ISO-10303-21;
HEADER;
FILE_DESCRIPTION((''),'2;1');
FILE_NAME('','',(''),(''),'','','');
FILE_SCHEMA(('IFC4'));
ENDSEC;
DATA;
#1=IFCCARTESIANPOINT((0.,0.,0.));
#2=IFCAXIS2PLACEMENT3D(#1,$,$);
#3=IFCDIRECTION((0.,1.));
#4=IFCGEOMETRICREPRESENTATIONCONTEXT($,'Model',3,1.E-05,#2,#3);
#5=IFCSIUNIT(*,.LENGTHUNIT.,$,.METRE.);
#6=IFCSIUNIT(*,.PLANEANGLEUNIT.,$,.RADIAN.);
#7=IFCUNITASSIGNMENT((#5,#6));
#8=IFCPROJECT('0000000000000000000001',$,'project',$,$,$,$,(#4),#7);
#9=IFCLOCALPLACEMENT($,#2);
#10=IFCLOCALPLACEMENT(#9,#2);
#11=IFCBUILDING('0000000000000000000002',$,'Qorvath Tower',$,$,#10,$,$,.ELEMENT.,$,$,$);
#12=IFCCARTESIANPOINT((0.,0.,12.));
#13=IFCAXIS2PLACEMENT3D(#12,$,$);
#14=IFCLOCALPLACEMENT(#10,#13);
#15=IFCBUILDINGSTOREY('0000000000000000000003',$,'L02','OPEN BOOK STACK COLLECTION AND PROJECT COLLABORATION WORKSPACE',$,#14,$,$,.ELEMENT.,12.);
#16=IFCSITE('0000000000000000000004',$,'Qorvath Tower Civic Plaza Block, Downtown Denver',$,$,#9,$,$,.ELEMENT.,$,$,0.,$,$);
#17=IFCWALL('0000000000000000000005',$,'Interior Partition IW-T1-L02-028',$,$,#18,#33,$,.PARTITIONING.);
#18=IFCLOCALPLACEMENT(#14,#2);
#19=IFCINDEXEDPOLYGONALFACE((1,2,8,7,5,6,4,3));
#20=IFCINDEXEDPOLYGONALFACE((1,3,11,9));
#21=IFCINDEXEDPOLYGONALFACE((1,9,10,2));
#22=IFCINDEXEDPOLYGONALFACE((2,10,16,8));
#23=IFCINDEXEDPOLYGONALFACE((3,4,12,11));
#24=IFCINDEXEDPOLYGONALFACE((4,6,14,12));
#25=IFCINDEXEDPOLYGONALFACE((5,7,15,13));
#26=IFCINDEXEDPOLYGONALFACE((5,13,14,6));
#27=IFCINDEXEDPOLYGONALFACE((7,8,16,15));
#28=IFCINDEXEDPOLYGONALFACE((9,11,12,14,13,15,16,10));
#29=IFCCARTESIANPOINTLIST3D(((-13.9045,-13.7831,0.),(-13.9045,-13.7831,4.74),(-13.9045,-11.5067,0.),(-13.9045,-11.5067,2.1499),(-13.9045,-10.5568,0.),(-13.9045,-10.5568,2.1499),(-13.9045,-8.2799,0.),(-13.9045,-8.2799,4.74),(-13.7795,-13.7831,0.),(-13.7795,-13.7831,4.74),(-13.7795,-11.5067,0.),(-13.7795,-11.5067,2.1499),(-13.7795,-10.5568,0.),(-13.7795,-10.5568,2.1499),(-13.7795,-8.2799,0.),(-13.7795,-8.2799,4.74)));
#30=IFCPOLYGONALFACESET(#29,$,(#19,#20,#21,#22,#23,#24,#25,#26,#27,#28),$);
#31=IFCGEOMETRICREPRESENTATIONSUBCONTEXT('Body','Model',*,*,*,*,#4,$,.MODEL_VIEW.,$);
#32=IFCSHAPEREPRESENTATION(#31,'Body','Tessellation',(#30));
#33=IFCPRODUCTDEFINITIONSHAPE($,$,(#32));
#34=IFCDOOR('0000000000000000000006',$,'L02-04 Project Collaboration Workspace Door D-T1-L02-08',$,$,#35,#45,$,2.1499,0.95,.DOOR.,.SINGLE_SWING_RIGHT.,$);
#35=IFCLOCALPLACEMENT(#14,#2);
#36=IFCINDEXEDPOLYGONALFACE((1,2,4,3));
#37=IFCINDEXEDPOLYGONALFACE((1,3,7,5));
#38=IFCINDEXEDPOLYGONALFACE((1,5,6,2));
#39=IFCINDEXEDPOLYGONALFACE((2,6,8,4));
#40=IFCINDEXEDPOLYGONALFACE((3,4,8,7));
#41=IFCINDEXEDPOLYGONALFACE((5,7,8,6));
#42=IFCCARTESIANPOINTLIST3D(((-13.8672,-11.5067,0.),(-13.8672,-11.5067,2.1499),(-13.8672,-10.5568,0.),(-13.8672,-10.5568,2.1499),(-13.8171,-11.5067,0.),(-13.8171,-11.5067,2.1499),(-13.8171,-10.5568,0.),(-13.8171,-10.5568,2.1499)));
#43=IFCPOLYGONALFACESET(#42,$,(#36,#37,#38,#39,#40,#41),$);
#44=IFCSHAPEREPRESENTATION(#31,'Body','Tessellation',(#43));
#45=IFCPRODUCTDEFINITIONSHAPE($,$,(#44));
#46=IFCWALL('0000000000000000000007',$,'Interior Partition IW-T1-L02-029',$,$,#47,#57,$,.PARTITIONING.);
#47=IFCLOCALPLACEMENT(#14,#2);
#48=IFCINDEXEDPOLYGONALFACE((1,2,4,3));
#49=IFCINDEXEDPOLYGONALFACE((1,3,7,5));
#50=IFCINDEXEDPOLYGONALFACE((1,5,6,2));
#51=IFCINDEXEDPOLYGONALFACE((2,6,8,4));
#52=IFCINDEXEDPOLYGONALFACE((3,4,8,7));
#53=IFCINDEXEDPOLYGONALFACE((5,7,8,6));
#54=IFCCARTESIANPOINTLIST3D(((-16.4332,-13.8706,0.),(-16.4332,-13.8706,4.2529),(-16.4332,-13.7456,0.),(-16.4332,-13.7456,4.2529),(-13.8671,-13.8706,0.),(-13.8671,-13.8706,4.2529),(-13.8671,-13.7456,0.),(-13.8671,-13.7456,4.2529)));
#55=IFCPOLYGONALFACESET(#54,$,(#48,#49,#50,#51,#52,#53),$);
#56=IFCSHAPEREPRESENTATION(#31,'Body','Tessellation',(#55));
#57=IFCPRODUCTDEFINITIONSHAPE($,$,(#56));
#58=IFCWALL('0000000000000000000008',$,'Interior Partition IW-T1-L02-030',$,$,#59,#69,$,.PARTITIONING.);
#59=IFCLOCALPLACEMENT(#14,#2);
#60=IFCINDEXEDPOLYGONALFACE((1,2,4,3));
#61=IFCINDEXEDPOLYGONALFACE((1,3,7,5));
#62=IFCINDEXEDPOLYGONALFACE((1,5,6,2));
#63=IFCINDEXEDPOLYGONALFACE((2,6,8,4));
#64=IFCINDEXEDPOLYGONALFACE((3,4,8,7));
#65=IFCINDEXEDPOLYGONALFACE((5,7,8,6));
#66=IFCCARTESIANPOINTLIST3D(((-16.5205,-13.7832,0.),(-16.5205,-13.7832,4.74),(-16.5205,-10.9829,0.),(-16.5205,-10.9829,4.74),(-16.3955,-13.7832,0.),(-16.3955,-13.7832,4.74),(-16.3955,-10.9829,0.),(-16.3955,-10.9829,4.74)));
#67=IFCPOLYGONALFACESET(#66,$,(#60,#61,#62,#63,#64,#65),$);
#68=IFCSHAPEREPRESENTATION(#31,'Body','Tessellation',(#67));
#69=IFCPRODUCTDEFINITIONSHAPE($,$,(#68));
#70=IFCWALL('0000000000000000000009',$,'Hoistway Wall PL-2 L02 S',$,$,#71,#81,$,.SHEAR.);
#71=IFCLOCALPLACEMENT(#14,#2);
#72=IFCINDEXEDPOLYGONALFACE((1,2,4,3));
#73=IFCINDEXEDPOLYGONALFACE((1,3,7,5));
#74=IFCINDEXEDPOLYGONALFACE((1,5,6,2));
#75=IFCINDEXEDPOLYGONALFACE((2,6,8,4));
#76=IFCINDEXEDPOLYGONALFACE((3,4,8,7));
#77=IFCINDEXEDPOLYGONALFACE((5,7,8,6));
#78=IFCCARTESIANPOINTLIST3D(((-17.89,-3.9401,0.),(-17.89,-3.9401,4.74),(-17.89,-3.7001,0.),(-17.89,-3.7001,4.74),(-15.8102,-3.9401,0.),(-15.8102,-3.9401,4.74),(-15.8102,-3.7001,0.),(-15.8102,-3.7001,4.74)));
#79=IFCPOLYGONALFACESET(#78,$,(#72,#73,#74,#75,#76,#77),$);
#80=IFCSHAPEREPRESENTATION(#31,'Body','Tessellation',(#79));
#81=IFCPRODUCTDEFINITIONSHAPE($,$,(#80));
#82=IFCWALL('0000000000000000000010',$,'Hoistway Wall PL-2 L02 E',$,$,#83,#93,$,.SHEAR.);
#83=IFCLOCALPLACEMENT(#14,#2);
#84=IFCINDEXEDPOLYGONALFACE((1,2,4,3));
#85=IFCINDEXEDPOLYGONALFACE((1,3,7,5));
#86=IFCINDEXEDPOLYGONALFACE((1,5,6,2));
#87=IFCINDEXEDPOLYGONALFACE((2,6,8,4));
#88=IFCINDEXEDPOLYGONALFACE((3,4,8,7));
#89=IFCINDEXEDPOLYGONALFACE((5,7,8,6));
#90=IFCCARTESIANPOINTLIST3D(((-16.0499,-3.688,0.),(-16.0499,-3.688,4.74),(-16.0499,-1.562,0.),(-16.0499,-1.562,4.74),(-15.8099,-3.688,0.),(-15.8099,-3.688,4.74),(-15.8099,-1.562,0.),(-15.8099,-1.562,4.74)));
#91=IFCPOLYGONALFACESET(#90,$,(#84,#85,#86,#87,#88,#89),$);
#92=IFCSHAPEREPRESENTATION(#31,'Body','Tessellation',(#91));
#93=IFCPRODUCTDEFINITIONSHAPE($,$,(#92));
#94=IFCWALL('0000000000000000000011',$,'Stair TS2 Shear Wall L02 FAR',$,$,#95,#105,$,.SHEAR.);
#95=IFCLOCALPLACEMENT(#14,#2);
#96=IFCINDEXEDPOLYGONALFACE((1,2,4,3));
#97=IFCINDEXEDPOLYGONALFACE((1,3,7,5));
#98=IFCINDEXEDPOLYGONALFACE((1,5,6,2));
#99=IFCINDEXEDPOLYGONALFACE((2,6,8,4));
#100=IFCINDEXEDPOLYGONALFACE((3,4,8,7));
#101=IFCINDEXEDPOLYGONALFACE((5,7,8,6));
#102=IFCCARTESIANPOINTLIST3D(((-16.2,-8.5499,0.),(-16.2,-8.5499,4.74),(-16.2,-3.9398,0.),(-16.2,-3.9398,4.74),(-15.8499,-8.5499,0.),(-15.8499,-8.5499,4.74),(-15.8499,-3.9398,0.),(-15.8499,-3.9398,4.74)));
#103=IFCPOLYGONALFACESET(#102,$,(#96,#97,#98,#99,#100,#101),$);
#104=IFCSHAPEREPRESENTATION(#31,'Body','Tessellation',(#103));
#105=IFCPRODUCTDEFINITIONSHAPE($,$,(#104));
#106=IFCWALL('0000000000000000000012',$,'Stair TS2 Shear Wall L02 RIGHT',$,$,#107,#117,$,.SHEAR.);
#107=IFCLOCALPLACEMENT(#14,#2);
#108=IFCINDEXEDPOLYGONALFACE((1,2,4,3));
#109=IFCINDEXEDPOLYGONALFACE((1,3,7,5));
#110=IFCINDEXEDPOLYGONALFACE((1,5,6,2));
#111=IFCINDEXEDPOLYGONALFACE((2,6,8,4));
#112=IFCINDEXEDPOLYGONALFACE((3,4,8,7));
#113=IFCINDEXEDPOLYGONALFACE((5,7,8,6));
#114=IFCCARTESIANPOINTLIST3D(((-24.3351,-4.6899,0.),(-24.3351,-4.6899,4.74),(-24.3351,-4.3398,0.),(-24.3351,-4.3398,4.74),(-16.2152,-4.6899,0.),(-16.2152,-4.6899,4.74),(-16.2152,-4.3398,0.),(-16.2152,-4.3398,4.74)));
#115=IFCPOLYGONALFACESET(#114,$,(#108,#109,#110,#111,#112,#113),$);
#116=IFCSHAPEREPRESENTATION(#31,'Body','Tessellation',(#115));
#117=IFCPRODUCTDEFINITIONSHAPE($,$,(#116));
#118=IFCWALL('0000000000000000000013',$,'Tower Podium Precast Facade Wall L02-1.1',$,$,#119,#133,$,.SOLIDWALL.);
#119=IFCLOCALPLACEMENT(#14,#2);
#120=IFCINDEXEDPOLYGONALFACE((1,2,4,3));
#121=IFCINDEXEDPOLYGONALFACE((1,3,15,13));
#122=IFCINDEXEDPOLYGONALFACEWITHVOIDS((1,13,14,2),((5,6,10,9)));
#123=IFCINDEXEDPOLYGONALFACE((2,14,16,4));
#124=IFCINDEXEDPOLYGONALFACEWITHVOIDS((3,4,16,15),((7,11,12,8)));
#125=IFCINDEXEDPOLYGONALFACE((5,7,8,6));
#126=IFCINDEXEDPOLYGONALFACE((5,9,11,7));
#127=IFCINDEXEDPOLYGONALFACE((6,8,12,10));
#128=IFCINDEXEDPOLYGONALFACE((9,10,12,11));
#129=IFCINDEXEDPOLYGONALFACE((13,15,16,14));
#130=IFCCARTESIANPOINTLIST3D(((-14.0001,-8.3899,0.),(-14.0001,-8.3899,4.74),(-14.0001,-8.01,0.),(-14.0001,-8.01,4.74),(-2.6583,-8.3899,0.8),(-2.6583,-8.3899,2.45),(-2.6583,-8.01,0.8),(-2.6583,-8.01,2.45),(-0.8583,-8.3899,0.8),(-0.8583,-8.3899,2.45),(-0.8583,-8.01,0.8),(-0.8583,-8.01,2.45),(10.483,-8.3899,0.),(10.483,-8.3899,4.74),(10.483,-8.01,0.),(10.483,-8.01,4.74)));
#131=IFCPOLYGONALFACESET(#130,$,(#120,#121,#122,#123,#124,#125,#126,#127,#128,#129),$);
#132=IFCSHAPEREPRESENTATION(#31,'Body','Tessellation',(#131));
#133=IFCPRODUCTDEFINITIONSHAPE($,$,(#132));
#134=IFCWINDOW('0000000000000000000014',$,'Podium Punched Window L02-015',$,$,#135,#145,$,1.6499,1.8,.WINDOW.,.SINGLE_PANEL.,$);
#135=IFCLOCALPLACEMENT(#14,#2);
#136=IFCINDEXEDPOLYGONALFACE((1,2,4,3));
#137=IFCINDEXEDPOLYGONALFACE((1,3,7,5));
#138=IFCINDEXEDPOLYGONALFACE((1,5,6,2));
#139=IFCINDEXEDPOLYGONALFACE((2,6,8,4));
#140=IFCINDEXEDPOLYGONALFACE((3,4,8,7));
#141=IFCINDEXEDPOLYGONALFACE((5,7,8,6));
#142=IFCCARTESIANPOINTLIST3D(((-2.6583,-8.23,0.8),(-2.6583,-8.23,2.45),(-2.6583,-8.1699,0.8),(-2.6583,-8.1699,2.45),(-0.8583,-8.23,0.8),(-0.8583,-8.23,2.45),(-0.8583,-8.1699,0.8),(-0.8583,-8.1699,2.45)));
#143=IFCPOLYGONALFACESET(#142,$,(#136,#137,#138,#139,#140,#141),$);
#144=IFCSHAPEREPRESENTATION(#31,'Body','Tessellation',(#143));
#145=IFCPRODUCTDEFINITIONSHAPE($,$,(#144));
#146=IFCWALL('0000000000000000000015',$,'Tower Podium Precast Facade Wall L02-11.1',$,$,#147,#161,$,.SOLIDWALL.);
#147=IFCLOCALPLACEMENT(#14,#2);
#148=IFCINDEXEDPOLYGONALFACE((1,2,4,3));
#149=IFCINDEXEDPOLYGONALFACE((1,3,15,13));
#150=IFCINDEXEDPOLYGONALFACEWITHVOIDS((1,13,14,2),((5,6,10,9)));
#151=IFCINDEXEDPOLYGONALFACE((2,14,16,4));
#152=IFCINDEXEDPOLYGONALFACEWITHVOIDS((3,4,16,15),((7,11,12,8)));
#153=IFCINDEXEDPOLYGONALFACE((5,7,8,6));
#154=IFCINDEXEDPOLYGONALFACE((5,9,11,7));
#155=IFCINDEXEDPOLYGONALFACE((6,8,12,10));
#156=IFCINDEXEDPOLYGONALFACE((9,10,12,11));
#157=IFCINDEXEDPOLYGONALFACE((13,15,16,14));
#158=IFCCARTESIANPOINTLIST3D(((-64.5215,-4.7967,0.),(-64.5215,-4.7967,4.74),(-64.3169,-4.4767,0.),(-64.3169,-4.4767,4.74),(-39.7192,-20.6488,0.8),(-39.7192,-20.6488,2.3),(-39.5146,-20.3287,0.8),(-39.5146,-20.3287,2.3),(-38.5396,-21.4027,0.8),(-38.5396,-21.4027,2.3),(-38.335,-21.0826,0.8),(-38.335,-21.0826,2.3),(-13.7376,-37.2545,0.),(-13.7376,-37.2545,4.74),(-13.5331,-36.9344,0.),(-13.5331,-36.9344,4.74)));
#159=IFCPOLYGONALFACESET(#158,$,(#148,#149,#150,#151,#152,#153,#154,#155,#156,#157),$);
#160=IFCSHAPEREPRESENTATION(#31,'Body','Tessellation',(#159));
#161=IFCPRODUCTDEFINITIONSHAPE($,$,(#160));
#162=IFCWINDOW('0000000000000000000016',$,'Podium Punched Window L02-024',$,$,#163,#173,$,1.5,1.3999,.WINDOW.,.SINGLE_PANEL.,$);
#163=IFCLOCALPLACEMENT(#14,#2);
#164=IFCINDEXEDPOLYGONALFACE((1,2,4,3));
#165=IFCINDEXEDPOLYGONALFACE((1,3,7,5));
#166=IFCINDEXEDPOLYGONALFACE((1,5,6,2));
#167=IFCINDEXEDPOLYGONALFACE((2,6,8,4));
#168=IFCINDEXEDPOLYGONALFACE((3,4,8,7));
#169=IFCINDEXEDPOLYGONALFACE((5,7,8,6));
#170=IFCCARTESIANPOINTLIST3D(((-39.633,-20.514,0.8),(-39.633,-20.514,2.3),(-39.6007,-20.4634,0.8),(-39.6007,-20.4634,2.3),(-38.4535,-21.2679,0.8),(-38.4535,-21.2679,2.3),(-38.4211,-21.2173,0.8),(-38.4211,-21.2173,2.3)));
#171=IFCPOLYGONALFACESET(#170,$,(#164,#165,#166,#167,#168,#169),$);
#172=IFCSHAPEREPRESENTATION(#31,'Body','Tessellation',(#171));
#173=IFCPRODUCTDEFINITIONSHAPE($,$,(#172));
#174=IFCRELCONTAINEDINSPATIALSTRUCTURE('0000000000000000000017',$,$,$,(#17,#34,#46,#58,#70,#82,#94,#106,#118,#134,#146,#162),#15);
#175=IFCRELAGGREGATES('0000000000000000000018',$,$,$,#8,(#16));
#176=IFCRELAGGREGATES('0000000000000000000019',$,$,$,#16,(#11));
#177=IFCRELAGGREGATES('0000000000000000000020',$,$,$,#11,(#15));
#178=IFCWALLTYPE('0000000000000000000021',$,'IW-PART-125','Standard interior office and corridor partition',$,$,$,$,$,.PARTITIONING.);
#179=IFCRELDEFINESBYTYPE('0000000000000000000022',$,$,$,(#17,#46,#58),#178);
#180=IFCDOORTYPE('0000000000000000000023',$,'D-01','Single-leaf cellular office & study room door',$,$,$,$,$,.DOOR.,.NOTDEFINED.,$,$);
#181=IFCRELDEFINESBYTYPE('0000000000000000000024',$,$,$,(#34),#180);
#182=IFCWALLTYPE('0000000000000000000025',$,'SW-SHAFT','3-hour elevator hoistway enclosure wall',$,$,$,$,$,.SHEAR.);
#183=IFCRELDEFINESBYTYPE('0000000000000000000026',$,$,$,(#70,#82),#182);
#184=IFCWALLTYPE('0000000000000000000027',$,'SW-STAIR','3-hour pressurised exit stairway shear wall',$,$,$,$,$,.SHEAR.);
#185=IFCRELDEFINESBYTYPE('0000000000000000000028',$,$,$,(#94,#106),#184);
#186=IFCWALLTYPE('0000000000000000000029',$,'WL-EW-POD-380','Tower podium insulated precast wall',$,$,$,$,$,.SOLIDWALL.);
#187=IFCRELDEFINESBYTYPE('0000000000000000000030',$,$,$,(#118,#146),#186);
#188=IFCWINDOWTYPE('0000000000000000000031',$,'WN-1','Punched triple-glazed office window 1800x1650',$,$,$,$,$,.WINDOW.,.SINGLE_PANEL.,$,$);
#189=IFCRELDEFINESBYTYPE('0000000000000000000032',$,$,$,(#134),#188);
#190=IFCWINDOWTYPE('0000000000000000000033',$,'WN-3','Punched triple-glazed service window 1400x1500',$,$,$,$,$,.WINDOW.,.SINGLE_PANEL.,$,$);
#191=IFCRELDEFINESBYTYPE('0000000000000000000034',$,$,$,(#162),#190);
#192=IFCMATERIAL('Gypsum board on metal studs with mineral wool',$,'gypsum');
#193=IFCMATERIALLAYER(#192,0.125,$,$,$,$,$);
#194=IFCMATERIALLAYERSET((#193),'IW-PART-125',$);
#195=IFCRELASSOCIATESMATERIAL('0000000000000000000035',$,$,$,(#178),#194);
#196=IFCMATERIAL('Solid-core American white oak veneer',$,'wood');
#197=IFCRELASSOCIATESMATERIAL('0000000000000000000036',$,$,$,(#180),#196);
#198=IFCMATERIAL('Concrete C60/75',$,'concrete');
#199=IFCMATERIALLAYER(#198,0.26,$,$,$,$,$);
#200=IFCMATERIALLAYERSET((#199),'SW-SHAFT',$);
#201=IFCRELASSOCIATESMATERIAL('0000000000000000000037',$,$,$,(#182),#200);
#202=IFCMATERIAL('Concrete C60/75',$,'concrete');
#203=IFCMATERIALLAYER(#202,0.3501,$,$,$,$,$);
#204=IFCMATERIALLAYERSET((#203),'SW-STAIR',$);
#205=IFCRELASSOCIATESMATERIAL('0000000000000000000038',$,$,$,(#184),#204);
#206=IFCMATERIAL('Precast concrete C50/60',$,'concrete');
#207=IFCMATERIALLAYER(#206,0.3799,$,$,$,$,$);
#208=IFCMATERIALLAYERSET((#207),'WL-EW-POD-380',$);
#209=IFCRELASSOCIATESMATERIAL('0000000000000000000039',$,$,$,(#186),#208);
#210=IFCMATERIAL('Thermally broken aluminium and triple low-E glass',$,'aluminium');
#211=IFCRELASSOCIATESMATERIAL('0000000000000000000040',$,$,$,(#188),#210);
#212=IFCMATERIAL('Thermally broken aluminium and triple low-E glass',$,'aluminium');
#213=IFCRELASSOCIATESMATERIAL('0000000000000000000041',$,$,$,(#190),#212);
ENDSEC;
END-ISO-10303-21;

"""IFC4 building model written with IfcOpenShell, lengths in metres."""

from ifc_helpers import new_model, si_unit, direction, frame, frame_2d, origin, place, context, subcontext, project, spatial, rectangle, extrude, material, layer, layer_set, type_object, element, fill, save


model = new_model("IFC4")

# Units and contexts
model_context = context("Model", 3, precision=1e-05, world=origin(), true_north=direction((0.0, 1.0)))
body_context = subcontext(model_context, "Body", "Model", "MODEL_VIEW")
ifc_project = project(units=[si_unit("LENGTHUNIT", "METRE"), si_unit("PLANEANGLEUNIT", "RADIAN")], contexts=[model_context])

# Site, building, storey
site_placement = place(None, origin())
site = spatial("IfcSite", under=ifc_project, at=site_placement, Name="Qorvath Tower Civic Plaza Block, Downtown Denver", CompositionType="ELEMENT", RefElevation=0.0)
building_placement = place(site_placement, origin())
building = spatial("IfcBuilding", under=site, at=building_placement, Name="Qorvath Tower", CompositionType="ELEMENT")
storey_placement = place(building_placement, frame((0.0, 0.0, 12.0)))
storey = spatial("IfcBuildingStorey", under=building, at=storey_placement, Name="L02", Description="OPEN BOOK STACK COLLECTION AND PROJECT COLLABORATION WORKSPACE", CompositionType="ELEMENT", Elevation=12.0)

# Wall, opening, door
ifc_material_1 = material(Name="Gypsum board on metal studs with mineral wool", Category="gypsum")
ifc_layer_1 = layer(ifc_material_1, 0.125)
ifc_layer_set_1 = layer_set([ifc_layer_1], Name="IW-PART-125")
wall_type_1 = type_object("IfcWallType", Name="IW-PART-125", Description="Standard interior office and corridor partition", PredefinedType="PARTITIONING", material=ifc_layer_set_1)
wall_1_placement = place(storey_placement, frame((-13.842, -8.28, 0.0), z_axis=(0.0, 0.0, 1.0), x_axis=(0.0, -1.0, 0.0)))
wall_1 = element("IfcWall", 1, at=wall_1_placement, inside=storey, type_object=wall_type_1, Name="Interior Partition IW-T1-L02-028", PredefinedType="PARTITIONING", context=body_context, shape_type="SweptSolid", body=[
    extrude(rectangle(XDim=5.5032, YDim=0.125, at=frame_2d((2.7515, 0.0))), origin(), (0.0, 0.0, 1.0), 4.74),
])
opening_1_placement = place(wall_1_placement, frame((2.2766, 0.0, 0.0)))
opening_1 = element("IfcOpeningElement", 2, at=opening_1_placement, cuts=wall_1, PredefinedType="OPENING", context=body_context, shape_type="SweptSolid", body=[
    extrude(rectangle(XDim=0.95, YDim=2.1499, at=frame_2d((0.4751, 1.075))), frame((0.0, 0.0725, 0.0), z_axis=(0.0, -1.0, 0.0), x_axis=(1.0, 0.0, 0.0)), (0.0, 0.0, 1.0), 0.145),
])
ifc_material_2 = material(Name="Solid-core American white oak veneer", Category="wood")
door_type = type_object("IfcDoorType", Name="D-01", Description="Single-leaf cellular office & study room door", OperationType="NOTDEFINED", PredefinedType="DOOR", material=ifc_material_2)
door_placement = place(opening_1_placement, origin())
door = element("IfcDoor", 3, at=door_placement, inside=storey, type_object=door_type, Name="L02-04 Project Collaboration Workspace Door D-T1-L02-08", OperationType="SINGLE_SWING_RIGHT", OverallHeight=2.1499, OverallWidth=0.95, PredefinedType="DOOR", context=body_context, shape_type="SweptSolid", body=[
    extrude(rectangle(XDim=0.95, YDim=2.1499, at=frame_2d((0.4751, 1.075))), frame((0.0, 0.0249, 0.0), z_axis=(0.0, -1.0, 0.0), x_axis=(1.0, 0.0, 0.0)), (0.0, 0.0, 1.0), 0.05),
])
fill(opening_1, door)

# Walls
wall_2_placement = place(storey_placement, frame((-13.8669, -13.8081, 0.0), z_axis=(0.0, 0.0, 1.0), x_axis=(-1.0, 0.0, 0.0)))
element("IfcWall", 4, at=wall_2_placement, inside=storey, type_object=wall_type_1, Name="Interior Partition IW-T1-L02-029", PredefinedType="PARTITIONING", context=body_context, shape_type="SweptSolid", body=[
    extrude(rectangle(XDim=2.5662, YDim=0.125, at=frame_2d((1.2832, 0.0))), origin(), (0.0, 0.0, 1.0), 4.2529),
])
wall_3_placement = place(storey_placement, frame((-16.458, -10.9829, 0.0), z_axis=(0.0, 0.0, 1.0), x_axis=(0.0, -1.0, 0.0)))
element("IfcWall", 5, at=wall_3_placement, inside=storey, type_object=wall_type_1, Name="Interior Partition IW-T1-L02-030", PredefinedType="PARTITIONING", context=body_context, shape_type="SweptSolid", body=[
    extrude(rectangle(XDim=2.8003, YDim=0.125, at=frame_2d((1.4001, 0.0))), origin(), (0.0, 0.0, 1.0), 4.74),
])
ifc_material_3 = material(Name="Concrete C60/75", Category="concrete")
ifc_layer_2 = layer(ifc_material_3, 0.26)
ifc_layer_set_2 = layer_set([ifc_layer_2], Name="SW-SHAFT")
wall_type_2 = type_object("IfcWallType", Name="SW-SHAFT", Description="3-hour elevator hoistway enclosure wall", PredefinedType="SHEAR", material=ifc_layer_set_2)
wall_4_placement = place(storey_placement, frame((-15.8101, -3.8201, 0.0), z_axis=(0.0, 0.0, 1.0), x_axis=(-1.0, 0.0, 0.0)))
element("IfcWall", 6, at=wall_4_placement, inside=storey, type_object=wall_type_2, Name="Hoistway Wall PL-2 L02 S", PredefinedType="SHEAR", context=body_context, shape_type="SweptSolid", body=[
    extrude(rectangle(XDim=2.0798, YDim=0.24, at=frame_2d((1.04, 0.0))), origin(), (0.0, 0.0, 1.0), 4.74),
])
wall_5_placement = place(storey_placement, frame((-15.9299, -1.562, 0.0), z_axis=(0.0, 0.0, 1.0), x_axis=(0.0, -1.0, 0.0)))
element("IfcWall", 7, at=wall_5_placement, inside=storey, type_object=wall_type_2, Name="Hoistway Wall PL-2 L02 E", PredefinedType="SHEAR", context=body_context, shape_type="SweptSolid", body=[
    extrude(rectangle(XDim=2.126, YDim=0.24, at=frame_2d((1.063, 0.0))), origin(), (0.0, 0.0, 1.0), 4.74),
])
ifc_material_4 = material(Name="Concrete C60/75", Category="concrete")
ifc_layer_3 = layer(ifc_material_4, 0.3501)
ifc_layer_set_3 = layer_set([ifc_layer_3], Name="SW-STAIR")
wall_type_3 = type_object("IfcWallType", Name="SW-STAIR", Description="3-hour pressurised exit stairway shear wall", PredefinedType="SHEAR", material=ifc_layer_set_3)
wall_6_placement = place(storey_placement, frame((-16.0249, -8.55, 0.0), z_axis=(0.0, 0.0, 1.0), x_axis=(0.0, 1.0, 0.0)))
element("IfcWall", 8, at=wall_6_placement, inside=storey, type_object=wall_type_3, Name="Stair TS2 Shear Wall L02 FAR", PredefinedType="SHEAR", context=body_context, shape_type="SweptSolid", body=[
    extrude(rectangle(XDim=4.6101, YDim=0.3501, at=frame_2d((2.3052, 0.0))), origin(), (0.0, 0.0, 1.0), 4.74),
])
wall_7_placement = place(storey_placement, frame((-16.2151, -4.5149, 0.0), z_axis=(0.0, 0.0, 1.0), x_axis=(-1.0, 0.0, 0.0)))
element("IfcWall", 9, at=wall_7_placement, inside=storey, type_object=wall_type_3, Name="Stair TS2 Shear Wall L02 RIGHT", PredefinedType="SHEAR", context=body_context, shape_type="SweptSolid", body=[
    extrude(rectangle(XDim=8.1199, YDim=0.3501, at=frame_2d((4.0601, 0.0))), origin(), (0.0, 0.0, 1.0), 4.74),
])

# Walls, openings, windows
ifc_material_5 = material(Name="Precast concrete C50/60", Category="concrete")
ifc_layer_4 = layer(ifc_material_5, 0.3799)
ifc_layer_set_4 = layer_set([ifc_layer_4], Name="WL-EW-POD-380")
wall_type_4 = type_object("IfcWallType", Name="WL-EW-POD-380", Description="Tower podium insulated precast wall", PredefinedType="SOLIDWALL", material=ifc_layer_set_4)
wall_8_placement = place(storey_placement, frame((10.4832, -8.2, 0.0), z_axis=(0.0, 0.0, 1.0), x_axis=(-1.0, 0.0, 0.0)))
wall_8 = element("IfcWall", 10, at=wall_8_placement, inside=storey, type_object=wall_type_4, Name="Tower Podium Precast Facade Wall L02-1.1", PredefinedType="SOLIDWALL", context=body_context, shape_type="SweptSolid", body=[
    extrude(rectangle(XDim=24.4832, YDim=0.3799, at=frame_2d((12.2417, 0.0))), origin(), (0.0, 0.0, 1.0), 4.74),
])
opening_2_placement = place(wall_8_placement, frame((11.3416, 0.0, 0.8)))
opening_2 = element("IfcOpeningElement", 11, at=opening_2_placement, cuts=wall_8, PredefinedType="OPENING", context=body_context, shape_type="SweptSolid", body=[
    extrude(rectangle(XDim=1.8, YDim=1.6499, at=frame_2d((0.8999, 0.825))), frame((0.0, 0.2, 0.0), z_axis=(0.0, -1.0, 0.0), x_axis=(1.0, 0.0, 0.0)), (0.0, 0.0, 1.0), 0.3999),
])
ifc_material_6 = material(Name="Thermally broken aluminium and triple low-E glass", Category="aluminium")
window_type_1 = type_object("IfcWindowType", Name="WN-1", Description="Punched triple-glazed office window 1800x1650", PartitioningType="SINGLE_PANEL", PredefinedType="WINDOW", material=ifc_material_6)
window_1_placement = place(opening_2_placement, origin())
window_1 = element("IfcWindow", 12, at=window_1_placement, inside=storey, type_object=window_type_1, Name="Podium Punched Window L02-015", OverallHeight=1.6499, OverallWidth=1.8, PartitioningType="SINGLE_PANEL", PredefinedType="WINDOW", context=body_context, shape_type="SweptSolid", body=[
    extrude(rectangle(XDim=1.8, YDim=1.6499, at=frame_2d((0.8999, 0.825))), frame((0.0, 0.03, 0.0), z_axis=(0.0, -1.0, 0.0), x_axis=(1.0, 0.0, 0.0)), (0.0, 0.0, 1.0), 0.0601),
])
fill(opening_2, window_1)
wall_9_placement = place(storey_placement, frame((-13.6353, -37.0945, 0.0), z_axis=(0.0, 0.0, 1.0), x_axis=(-0.842602, 0.538536, 0.0)))
wall_9 = element("IfcWall", 13, at=wall_9_placement, inside=storey, type_object=wall_type_4, Name="Tower Podium Precast Facade Wall L02-11.1", PredefinedType="SOLIDWALL", context=body_context, shape_type="SweptSolid", body=[
    extrude(rectangle(XDim=60.2703, YDim=0.3799, at=frame_2d((30.1353, 0.0))), origin(), (0.0, 0.0, 1.0), 4.74),
])
opening_3_placement = place(wall_9_placement, frame((29.4351, 0.0, 0.8)))
opening_3 = element("IfcOpeningElement", 14, at=opening_3_placement, cuts=wall_9, PredefinedType="OPENING", context=body_context, shape_type="SweptSolid", body=[
    extrude(rectangle(XDim=1.3999, YDim=1.5, at=frame_2d((0.7, 0.75))), frame((0.0, 0.2, 0.0), z_axis=(0.0, -1.0, 0.0), x_axis=(1.0, 0.0, 0.0)), (0.0, 0.0, 1.0), 0.3999),
])
ifc_material_7 = material(Name="Thermally broken aluminium and triple low-E glass", Category="aluminium")
window_type_2 = type_object("IfcWindowType", Name="WN-3", Description="Punched triple-glazed service window 1400x1500", PartitioningType="SINGLE_PANEL", PredefinedType="WINDOW", material=ifc_material_7)
window_2_placement = place(opening_3_placement, origin())
window_2 = element("IfcWindow", 15, at=window_2_placement, inside=storey, type_object=window_type_2, Name="Podium Punched Window L02-024", OverallHeight=1.5, OverallWidth=1.3999, PartitioningType="SINGLE_PANEL", PredefinedType="WINDOW", context=body_context, shape_type="SweptSolid", body=[
    extrude(rectangle(XDim=1.3999, YDim=1.5, at=frame_2d((0.7, 0.75))), frame((0.0, 0.03, 0.0), z_axis=(0.0, -1.0, 0.0), x_axis=(1.0, 0.0, 0.0)), (0.0, 0.0, 1.0), 0.0601),
])
fill(opening_3, window_2)

save(model, "model.ifc")
